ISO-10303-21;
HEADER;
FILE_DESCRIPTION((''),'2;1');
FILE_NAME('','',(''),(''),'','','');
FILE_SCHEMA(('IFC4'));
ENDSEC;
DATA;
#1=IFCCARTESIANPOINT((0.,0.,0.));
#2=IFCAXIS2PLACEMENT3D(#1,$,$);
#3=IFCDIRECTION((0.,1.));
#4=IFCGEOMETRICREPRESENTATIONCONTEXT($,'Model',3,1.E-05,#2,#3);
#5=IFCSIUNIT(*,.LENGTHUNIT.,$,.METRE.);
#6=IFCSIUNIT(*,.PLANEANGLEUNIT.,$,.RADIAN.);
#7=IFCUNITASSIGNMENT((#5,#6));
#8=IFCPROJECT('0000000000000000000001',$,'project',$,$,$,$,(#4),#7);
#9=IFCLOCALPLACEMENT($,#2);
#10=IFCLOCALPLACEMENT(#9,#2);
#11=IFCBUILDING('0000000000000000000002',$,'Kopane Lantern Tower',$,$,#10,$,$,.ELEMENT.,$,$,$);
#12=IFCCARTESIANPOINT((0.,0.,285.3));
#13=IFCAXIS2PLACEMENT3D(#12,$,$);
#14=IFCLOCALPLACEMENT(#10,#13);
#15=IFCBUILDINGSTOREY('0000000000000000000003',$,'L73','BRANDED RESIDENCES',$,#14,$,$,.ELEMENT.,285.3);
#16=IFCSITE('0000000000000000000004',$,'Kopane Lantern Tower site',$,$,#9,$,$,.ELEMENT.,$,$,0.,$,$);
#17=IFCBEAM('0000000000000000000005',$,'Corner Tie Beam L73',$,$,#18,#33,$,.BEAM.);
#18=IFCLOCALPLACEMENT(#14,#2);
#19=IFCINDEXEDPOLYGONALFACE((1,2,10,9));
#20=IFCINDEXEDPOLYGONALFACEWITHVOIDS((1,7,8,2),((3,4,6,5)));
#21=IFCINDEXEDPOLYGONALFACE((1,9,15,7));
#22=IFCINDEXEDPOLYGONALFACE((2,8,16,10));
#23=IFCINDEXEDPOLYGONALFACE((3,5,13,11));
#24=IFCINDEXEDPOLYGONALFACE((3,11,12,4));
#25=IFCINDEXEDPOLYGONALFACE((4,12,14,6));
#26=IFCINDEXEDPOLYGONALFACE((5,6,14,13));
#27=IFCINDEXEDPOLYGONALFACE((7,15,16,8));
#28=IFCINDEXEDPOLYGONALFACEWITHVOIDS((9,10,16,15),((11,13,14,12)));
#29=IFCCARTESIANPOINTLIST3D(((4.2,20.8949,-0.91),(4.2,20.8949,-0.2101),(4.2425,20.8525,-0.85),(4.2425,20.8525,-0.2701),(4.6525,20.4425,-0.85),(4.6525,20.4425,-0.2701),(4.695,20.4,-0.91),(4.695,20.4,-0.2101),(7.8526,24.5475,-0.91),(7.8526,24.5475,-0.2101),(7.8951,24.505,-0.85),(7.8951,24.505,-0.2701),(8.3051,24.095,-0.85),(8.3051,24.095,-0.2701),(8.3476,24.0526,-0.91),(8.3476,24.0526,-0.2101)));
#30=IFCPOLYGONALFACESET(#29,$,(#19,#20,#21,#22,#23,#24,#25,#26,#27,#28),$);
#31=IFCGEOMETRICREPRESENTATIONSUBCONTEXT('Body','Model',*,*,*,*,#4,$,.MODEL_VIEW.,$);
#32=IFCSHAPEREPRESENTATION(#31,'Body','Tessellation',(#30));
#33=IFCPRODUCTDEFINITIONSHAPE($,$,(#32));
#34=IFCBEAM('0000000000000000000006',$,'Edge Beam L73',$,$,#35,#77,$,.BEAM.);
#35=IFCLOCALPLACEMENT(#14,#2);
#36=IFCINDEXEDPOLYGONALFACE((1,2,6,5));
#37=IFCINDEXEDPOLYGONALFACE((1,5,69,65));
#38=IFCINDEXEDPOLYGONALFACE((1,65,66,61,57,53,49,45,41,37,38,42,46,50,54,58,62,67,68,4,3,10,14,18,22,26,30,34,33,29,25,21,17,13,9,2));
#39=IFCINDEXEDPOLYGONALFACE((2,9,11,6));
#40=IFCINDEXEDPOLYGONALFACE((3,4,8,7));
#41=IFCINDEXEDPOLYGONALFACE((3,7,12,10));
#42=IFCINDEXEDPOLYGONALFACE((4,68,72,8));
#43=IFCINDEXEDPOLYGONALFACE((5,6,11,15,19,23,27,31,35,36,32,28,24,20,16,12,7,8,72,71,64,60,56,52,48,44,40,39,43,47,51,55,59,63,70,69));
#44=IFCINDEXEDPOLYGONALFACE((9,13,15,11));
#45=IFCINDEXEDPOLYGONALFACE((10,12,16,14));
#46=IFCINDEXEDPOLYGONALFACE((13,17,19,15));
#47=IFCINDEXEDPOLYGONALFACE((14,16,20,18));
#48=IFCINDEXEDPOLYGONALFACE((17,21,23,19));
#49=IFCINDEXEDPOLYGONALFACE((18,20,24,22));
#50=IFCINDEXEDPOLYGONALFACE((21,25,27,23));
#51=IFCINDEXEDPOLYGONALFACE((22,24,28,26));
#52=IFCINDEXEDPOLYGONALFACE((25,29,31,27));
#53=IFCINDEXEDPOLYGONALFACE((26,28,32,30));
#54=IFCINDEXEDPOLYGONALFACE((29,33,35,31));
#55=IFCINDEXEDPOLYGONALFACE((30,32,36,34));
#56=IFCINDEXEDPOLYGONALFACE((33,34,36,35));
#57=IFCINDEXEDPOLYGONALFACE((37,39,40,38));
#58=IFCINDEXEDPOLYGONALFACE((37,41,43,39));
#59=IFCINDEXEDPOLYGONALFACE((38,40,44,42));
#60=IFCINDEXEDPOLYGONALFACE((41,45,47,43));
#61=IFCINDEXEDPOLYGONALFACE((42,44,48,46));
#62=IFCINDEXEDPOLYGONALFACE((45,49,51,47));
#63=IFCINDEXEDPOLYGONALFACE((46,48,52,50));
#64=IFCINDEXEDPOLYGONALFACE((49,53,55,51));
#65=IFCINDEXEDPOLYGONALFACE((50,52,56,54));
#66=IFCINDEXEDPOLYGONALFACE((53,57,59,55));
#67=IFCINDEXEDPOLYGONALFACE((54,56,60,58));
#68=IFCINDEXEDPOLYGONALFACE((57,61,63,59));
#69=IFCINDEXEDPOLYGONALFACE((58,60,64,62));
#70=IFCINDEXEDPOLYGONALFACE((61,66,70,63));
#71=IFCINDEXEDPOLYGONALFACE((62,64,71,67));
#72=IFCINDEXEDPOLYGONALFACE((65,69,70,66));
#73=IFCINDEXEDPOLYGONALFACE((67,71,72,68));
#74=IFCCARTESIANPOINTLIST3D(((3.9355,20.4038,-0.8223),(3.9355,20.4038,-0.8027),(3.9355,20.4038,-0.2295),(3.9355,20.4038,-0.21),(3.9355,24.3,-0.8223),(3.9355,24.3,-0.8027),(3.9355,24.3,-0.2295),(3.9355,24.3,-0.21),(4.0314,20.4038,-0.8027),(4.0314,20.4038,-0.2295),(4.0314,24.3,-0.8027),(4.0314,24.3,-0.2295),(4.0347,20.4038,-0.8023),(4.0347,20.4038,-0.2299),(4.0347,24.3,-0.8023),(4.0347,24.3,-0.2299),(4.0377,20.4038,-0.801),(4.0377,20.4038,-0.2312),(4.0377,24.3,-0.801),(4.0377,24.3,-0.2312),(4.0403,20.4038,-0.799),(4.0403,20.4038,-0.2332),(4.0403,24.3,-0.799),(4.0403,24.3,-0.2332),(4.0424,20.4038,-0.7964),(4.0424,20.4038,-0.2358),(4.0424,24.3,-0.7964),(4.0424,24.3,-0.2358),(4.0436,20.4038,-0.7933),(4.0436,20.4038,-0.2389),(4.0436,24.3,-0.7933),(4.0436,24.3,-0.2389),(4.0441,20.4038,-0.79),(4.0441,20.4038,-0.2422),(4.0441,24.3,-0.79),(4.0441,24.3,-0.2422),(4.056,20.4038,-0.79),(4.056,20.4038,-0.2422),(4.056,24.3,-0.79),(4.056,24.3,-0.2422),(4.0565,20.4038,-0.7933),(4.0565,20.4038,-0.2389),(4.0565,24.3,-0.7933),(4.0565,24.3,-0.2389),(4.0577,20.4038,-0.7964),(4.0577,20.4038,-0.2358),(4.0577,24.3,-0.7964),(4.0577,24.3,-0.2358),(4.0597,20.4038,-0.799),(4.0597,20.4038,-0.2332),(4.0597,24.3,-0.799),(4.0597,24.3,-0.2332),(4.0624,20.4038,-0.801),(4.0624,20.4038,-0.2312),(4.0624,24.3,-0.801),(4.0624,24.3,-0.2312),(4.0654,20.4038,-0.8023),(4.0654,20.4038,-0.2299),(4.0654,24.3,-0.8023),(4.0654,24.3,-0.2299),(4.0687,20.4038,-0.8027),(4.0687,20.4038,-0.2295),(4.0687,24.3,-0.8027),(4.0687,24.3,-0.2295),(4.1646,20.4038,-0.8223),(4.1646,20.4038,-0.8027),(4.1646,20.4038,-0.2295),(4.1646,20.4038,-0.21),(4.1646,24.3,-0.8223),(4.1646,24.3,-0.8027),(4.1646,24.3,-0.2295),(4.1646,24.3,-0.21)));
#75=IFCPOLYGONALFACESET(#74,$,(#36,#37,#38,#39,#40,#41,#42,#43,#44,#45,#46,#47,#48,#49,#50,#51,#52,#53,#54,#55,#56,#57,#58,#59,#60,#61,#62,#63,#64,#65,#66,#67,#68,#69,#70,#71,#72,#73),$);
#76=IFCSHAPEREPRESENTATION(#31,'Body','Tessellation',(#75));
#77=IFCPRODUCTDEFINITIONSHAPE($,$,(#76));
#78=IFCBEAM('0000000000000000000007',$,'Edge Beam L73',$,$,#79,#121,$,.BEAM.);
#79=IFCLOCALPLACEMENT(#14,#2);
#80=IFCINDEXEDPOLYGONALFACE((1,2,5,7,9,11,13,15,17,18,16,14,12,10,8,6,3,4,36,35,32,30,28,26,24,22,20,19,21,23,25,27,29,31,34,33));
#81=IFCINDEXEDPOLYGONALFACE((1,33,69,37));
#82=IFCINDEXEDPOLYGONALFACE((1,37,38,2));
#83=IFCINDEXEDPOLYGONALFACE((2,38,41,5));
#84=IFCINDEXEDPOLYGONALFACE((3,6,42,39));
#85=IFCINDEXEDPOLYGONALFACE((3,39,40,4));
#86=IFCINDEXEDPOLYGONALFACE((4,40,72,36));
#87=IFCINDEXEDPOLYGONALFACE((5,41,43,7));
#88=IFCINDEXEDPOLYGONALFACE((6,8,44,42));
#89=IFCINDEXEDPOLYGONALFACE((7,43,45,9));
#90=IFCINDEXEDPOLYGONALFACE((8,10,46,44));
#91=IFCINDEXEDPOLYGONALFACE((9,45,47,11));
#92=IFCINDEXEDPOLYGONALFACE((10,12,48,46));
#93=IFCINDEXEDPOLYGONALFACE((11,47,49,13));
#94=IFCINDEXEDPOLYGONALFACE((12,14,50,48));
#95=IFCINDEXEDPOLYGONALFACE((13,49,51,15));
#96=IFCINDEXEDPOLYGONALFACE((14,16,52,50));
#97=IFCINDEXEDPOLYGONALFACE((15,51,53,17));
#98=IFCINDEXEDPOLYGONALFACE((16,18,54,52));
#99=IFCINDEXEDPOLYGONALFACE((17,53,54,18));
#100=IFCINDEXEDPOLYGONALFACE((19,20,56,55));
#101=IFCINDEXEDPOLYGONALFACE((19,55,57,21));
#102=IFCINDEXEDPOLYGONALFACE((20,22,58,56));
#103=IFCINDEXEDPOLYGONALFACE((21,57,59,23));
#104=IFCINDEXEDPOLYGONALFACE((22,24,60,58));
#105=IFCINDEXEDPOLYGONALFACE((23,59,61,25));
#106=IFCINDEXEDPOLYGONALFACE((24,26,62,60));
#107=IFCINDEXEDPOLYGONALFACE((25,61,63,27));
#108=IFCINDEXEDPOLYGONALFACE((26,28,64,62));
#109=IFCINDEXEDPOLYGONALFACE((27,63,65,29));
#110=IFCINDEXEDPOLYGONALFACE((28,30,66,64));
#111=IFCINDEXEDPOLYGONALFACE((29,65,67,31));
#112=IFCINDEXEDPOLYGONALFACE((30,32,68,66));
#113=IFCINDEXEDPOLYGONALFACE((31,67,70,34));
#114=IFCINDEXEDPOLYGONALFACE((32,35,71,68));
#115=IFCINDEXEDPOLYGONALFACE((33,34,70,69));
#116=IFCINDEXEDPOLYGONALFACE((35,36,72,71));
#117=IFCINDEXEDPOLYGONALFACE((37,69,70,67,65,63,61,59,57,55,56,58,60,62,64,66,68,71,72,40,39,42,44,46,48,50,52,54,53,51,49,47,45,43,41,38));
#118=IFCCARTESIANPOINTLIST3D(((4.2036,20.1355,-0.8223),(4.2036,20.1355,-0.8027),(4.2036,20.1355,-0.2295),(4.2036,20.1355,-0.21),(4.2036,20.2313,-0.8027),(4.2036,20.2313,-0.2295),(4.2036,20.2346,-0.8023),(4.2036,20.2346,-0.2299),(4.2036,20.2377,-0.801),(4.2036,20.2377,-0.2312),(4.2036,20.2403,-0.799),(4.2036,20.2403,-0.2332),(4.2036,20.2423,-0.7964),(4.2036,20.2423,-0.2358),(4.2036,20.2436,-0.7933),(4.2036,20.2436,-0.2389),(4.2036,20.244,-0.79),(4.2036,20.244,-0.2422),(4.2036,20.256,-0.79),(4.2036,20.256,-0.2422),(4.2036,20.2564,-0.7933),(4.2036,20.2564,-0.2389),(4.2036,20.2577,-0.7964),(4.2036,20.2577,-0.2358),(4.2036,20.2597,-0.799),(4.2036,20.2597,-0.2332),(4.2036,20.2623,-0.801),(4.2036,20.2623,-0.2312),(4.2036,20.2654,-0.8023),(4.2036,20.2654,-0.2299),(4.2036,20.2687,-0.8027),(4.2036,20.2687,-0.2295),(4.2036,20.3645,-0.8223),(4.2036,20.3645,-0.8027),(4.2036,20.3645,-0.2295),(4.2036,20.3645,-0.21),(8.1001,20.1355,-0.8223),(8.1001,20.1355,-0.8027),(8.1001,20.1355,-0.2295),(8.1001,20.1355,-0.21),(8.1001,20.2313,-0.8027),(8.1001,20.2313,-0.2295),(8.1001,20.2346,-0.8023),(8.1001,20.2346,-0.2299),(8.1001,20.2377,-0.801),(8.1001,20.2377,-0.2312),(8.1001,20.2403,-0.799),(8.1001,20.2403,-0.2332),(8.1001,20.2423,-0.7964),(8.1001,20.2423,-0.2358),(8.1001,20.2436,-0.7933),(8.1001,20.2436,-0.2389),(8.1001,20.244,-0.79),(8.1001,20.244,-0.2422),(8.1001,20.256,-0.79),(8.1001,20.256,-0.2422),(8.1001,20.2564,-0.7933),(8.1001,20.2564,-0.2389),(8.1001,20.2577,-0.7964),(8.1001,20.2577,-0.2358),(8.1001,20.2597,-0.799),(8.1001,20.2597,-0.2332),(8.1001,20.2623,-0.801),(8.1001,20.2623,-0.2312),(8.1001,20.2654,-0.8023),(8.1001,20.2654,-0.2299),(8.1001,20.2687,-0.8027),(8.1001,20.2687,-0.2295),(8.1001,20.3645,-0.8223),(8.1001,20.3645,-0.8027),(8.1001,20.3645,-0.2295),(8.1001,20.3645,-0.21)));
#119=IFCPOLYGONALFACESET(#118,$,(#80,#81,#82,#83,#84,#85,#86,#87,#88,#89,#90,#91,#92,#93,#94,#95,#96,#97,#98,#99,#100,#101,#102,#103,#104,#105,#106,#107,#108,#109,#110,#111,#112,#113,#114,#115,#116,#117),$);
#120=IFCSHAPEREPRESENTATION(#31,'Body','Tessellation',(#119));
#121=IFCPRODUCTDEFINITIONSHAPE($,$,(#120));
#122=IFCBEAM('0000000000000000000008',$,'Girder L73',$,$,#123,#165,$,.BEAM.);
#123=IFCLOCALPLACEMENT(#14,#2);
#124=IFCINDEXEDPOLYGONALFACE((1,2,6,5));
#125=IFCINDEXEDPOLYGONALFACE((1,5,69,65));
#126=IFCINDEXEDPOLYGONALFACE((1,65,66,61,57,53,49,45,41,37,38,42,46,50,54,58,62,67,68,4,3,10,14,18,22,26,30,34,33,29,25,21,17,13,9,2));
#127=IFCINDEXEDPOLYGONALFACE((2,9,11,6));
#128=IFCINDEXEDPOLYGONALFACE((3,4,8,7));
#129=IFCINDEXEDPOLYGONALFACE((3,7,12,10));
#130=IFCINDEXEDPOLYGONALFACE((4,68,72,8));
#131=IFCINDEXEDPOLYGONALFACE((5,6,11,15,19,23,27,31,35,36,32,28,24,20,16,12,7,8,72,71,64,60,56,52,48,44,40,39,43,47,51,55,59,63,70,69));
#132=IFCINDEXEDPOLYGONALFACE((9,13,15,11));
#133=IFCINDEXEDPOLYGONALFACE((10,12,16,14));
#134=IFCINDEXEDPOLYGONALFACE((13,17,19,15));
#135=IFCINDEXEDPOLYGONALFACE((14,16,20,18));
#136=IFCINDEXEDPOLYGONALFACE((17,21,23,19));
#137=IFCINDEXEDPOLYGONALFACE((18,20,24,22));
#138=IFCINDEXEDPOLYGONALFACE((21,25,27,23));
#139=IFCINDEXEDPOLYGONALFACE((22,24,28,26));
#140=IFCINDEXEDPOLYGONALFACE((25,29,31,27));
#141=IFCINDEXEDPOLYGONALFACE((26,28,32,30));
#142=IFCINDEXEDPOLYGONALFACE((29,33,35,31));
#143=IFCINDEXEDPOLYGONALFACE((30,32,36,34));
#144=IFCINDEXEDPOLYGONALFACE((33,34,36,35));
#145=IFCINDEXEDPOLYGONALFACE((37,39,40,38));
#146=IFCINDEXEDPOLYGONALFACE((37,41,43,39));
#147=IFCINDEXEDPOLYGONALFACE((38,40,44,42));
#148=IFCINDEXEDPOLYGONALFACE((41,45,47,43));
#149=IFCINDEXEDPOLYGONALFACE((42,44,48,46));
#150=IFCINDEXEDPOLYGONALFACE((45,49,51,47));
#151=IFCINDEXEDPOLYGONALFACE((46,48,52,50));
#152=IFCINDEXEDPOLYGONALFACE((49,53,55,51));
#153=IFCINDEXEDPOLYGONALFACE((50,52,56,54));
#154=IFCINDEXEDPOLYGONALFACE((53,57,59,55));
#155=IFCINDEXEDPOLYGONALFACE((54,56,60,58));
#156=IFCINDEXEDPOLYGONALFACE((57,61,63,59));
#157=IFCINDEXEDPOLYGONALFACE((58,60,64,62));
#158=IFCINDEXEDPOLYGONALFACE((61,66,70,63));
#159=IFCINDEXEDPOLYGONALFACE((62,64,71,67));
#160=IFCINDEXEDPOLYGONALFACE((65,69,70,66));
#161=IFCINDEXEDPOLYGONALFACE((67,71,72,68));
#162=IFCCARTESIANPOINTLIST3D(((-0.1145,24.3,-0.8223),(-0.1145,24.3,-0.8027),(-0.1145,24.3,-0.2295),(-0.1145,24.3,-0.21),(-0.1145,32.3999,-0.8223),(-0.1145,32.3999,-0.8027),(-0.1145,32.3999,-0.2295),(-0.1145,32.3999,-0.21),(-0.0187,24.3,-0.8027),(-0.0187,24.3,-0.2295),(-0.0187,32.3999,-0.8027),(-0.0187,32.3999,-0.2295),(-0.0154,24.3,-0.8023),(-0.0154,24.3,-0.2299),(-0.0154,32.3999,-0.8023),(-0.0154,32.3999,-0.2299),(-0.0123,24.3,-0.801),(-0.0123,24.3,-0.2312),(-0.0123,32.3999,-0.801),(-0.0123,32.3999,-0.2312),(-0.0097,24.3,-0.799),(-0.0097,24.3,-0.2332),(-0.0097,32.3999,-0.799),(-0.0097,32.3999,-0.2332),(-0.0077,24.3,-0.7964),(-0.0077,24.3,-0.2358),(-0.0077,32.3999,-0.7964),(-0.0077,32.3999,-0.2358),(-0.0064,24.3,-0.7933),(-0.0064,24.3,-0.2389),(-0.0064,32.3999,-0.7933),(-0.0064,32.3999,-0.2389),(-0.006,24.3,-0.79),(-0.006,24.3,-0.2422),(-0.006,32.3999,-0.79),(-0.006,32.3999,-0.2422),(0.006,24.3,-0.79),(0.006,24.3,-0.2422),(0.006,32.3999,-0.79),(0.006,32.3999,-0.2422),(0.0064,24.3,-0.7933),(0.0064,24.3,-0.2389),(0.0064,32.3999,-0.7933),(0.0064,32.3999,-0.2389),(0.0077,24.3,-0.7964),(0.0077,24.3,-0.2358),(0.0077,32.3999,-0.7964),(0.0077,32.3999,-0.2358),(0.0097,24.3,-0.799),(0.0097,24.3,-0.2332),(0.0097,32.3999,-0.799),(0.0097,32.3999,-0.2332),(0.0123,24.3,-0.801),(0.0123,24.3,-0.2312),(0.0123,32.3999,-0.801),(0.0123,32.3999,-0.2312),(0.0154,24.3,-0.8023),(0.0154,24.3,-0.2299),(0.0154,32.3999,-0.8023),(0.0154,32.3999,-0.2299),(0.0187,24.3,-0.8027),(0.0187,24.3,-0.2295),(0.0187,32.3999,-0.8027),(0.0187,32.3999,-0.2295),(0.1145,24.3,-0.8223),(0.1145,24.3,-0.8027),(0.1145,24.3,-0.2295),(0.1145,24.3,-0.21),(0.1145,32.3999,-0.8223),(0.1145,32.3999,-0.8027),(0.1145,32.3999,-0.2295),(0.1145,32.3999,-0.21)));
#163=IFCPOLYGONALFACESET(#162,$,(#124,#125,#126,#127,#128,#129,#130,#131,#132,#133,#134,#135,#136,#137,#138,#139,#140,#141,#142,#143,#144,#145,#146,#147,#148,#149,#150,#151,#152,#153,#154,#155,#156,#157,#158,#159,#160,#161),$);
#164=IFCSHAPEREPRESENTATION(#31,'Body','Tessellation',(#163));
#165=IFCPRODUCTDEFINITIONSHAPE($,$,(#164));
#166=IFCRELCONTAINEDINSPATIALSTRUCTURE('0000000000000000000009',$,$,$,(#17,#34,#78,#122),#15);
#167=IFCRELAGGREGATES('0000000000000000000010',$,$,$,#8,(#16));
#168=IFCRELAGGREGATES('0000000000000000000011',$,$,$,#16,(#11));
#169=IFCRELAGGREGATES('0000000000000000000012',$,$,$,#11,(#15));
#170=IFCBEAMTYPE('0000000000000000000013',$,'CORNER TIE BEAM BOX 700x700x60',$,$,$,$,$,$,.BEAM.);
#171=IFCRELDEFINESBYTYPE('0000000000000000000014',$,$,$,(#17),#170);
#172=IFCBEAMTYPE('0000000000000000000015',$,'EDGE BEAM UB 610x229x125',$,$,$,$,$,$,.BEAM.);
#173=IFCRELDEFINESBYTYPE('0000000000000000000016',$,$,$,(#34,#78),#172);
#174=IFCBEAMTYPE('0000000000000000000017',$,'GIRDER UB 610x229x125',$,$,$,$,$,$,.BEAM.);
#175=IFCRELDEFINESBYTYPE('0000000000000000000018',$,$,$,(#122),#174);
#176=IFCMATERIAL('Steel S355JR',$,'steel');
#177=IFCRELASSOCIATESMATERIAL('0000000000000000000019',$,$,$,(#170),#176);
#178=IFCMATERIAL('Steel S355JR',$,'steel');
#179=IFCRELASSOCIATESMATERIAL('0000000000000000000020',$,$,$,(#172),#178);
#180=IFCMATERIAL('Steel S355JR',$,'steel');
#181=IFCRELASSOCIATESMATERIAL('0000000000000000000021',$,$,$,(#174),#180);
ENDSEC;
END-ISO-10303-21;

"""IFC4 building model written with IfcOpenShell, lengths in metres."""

from ifc_helpers import new_model, si_unit, direction, frame, origin, origin_2d, place, context, subcontext, project, spatial, hollow_rectangle, i_section, extrude, material, material_profile, profile_set, type_object, element, save


model = new_model("IFC4")

# Units and contexts
model_context = context("Model", 3, precision=1e-05, world=origin(), true_north=direction((0.0, 1.0)))
body_context = subcontext(model_context, "Body", "Model", "MODEL_VIEW")
ifc_project = project(units=[si_unit("LENGTHUNIT", "METRE"), si_unit("PLANEANGLEUNIT", "RADIAN")], contexts=[model_context])

# Site, building, storey
site_placement = place(None, origin())
site = spatial("IfcSite", under=ifc_project, at=site_placement, Name="Kopane Lantern Tower site", CompositionType="ELEMENT", RefElevation=0.0)
building_placement = place(site_placement, origin())
building = spatial("IfcBuilding", under=site, at=building_placement, Name="Kopane Lantern Tower", CompositionType="ELEMENT")
storey_placement = place(building_placement, frame((0.0, 0.0, 285.3)))
storey = spatial("IfcBuildingStorey", under=building, at=storey_placement, Name="L73", Description="BRANDED RESIDENCES", CompositionType="ELEMENT", Elevation=285.3)

# Beams
ifc_material_1 = material(Name="Steel S355JR", Category="steel")
ifc_material_profile_1 = material_profile(ifc_material_1, hollow_rectangle(XDim=0.7, YDim=0.7, WallThickness=0.0601, at=origin_2d()), Name="BOX 700x700x60")
ifc_profile_set_1 = profile_set([ifc_material_profile_1], Name="Steel S355JR")
beam_type_1 = type_object("IfcBeamType", Name="CORNER TIE BEAM BOX 700x700x60", PredefinedType="BEAM", material=ifc_profile_set_1)
beam_1_placement = place(storey_placement, frame((4.4475, 20.6475, -0.5601), z_axis=(0.707107, 0.707107, 0.0), x_axis=(-0.707107, 0.707107, 0.0)))
element("IfcBeam", 1, at=beam_1_placement, inside=storey, type_object=beam_type_1, Name="Corner Tie Beam L73", PredefinedType="BEAM", context=body_context, shape_type="SweptSolid", body=[
    extrude(hollow_rectangle(XDim=0.7, YDim=0.7, WallThickness=0.0601, at=origin_2d()), origin(), (0.0, 0.0, 1.0), 5.1655),
])
ifc_material_2 = material(Name="Steel S355JR", Category="steel")
ifc_material_profile_2 = material_profile(ifc_material_2, i_section(OverallWidth=0.229, OverallDepth=0.6123, WebThickness=0.012, FlangeThickness=0.0195, FilletRadius=0.0127, at=origin_2d()), Name="UB 610x229x125")
ifc_profile_set_2 = profile_set([ifc_material_profile_2], Name="Steel S355JR")
beam_type_2 = type_object("IfcBeamType", Name="EDGE BEAM UB 610x229x125", PredefinedType="BEAM", material=ifc_profile_set_2)
beam_2_placement = place(storey_placement, frame((4.05, 20.4038, -0.5161), z_axis=(0.0, 1.0, 0.0), x_axis=(-1.0, 0.0, 0.0)))
element("IfcBeam", 2, at=beam_2_placement, inside=storey, type_object=beam_type_2, Name="Edge Beam L73", PredefinedType="BEAM", context=body_context, shape_type="SweptSolid", body=[
    extrude(i_section(OverallWidth=0.229, OverallDepth=0.6123, WebThickness=0.012, FlangeThickness=0.0195, FilletRadius=0.0127, at=origin_2d()), origin(), (0.0, 0.0, 1.0), 3.8962),
])
beam_3_placement = place(storey_placement, frame((4.2036, 20.25, -0.5161), z_axis=(1.0, 0.0, 0.0), x_axis=(0.0, 1.0, 0.0)))
element("IfcBeam", 3, at=beam_3_placement, inside=storey, type_object=beam_type_2, Name="Edge Beam L73", PredefinedType="BEAM", context=body_context, shape_type="SweptSolid", body=[
    extrude(i_section(OverallWidth=0.229, OverallDepth=0.6123, WebThickness=0.012, FlangeThickness=0.0195, FilletRadius=0.0127, at=origin_2d()), origin(), (0.0, 0.0, 1.0), 3.8965),
])
ifc_material_3 = material(Name="Steel S355JR", Category="steel")
ifc_material_profile_3 = material_profile(ifc_material_3, i_section(OverallWidth=0.229, OverallDepth=0.6123, WebThickness=0.012, FlangeThickness=0.0195, FilletRadius=0.0127, at=origin_2d()), Name="UB 610x229x125")
ifc_profile_set_3 = profile_set([ifc_material_profile_3], Name="Steel S355JR")
beam_type_3 = type_object("IfcBeamType", Name="GIRDER UB 610x229x125", PredefinedType="BEAM", material=ifc_profile_set_3)
beam_4_placement = place(storey_placement, frame((0.0, 24.3, -0.5161), z_axis=(0.0, 1.0, 0.0), x_axis=(-1.0, 0.0, 0.0)))
element("IfcBeam", 4, at=beam_4_placement, inside=storey, type_object=beam_type_3, Name="Girder L73", PredefinedType="BEAM", context=body_context, shape_type="SweptSolid", body=[
    extrude(i_section(OverallWidth=0.229, OverallDepth=0.6123, WebThickness=0.012, FlangeThickness=0.0195, FilletRadius=0.0127, at=origin_2d()), origin(), (0.0, 0.0, 1.0), 8.0999),
])

save(model, "model.ifc")
